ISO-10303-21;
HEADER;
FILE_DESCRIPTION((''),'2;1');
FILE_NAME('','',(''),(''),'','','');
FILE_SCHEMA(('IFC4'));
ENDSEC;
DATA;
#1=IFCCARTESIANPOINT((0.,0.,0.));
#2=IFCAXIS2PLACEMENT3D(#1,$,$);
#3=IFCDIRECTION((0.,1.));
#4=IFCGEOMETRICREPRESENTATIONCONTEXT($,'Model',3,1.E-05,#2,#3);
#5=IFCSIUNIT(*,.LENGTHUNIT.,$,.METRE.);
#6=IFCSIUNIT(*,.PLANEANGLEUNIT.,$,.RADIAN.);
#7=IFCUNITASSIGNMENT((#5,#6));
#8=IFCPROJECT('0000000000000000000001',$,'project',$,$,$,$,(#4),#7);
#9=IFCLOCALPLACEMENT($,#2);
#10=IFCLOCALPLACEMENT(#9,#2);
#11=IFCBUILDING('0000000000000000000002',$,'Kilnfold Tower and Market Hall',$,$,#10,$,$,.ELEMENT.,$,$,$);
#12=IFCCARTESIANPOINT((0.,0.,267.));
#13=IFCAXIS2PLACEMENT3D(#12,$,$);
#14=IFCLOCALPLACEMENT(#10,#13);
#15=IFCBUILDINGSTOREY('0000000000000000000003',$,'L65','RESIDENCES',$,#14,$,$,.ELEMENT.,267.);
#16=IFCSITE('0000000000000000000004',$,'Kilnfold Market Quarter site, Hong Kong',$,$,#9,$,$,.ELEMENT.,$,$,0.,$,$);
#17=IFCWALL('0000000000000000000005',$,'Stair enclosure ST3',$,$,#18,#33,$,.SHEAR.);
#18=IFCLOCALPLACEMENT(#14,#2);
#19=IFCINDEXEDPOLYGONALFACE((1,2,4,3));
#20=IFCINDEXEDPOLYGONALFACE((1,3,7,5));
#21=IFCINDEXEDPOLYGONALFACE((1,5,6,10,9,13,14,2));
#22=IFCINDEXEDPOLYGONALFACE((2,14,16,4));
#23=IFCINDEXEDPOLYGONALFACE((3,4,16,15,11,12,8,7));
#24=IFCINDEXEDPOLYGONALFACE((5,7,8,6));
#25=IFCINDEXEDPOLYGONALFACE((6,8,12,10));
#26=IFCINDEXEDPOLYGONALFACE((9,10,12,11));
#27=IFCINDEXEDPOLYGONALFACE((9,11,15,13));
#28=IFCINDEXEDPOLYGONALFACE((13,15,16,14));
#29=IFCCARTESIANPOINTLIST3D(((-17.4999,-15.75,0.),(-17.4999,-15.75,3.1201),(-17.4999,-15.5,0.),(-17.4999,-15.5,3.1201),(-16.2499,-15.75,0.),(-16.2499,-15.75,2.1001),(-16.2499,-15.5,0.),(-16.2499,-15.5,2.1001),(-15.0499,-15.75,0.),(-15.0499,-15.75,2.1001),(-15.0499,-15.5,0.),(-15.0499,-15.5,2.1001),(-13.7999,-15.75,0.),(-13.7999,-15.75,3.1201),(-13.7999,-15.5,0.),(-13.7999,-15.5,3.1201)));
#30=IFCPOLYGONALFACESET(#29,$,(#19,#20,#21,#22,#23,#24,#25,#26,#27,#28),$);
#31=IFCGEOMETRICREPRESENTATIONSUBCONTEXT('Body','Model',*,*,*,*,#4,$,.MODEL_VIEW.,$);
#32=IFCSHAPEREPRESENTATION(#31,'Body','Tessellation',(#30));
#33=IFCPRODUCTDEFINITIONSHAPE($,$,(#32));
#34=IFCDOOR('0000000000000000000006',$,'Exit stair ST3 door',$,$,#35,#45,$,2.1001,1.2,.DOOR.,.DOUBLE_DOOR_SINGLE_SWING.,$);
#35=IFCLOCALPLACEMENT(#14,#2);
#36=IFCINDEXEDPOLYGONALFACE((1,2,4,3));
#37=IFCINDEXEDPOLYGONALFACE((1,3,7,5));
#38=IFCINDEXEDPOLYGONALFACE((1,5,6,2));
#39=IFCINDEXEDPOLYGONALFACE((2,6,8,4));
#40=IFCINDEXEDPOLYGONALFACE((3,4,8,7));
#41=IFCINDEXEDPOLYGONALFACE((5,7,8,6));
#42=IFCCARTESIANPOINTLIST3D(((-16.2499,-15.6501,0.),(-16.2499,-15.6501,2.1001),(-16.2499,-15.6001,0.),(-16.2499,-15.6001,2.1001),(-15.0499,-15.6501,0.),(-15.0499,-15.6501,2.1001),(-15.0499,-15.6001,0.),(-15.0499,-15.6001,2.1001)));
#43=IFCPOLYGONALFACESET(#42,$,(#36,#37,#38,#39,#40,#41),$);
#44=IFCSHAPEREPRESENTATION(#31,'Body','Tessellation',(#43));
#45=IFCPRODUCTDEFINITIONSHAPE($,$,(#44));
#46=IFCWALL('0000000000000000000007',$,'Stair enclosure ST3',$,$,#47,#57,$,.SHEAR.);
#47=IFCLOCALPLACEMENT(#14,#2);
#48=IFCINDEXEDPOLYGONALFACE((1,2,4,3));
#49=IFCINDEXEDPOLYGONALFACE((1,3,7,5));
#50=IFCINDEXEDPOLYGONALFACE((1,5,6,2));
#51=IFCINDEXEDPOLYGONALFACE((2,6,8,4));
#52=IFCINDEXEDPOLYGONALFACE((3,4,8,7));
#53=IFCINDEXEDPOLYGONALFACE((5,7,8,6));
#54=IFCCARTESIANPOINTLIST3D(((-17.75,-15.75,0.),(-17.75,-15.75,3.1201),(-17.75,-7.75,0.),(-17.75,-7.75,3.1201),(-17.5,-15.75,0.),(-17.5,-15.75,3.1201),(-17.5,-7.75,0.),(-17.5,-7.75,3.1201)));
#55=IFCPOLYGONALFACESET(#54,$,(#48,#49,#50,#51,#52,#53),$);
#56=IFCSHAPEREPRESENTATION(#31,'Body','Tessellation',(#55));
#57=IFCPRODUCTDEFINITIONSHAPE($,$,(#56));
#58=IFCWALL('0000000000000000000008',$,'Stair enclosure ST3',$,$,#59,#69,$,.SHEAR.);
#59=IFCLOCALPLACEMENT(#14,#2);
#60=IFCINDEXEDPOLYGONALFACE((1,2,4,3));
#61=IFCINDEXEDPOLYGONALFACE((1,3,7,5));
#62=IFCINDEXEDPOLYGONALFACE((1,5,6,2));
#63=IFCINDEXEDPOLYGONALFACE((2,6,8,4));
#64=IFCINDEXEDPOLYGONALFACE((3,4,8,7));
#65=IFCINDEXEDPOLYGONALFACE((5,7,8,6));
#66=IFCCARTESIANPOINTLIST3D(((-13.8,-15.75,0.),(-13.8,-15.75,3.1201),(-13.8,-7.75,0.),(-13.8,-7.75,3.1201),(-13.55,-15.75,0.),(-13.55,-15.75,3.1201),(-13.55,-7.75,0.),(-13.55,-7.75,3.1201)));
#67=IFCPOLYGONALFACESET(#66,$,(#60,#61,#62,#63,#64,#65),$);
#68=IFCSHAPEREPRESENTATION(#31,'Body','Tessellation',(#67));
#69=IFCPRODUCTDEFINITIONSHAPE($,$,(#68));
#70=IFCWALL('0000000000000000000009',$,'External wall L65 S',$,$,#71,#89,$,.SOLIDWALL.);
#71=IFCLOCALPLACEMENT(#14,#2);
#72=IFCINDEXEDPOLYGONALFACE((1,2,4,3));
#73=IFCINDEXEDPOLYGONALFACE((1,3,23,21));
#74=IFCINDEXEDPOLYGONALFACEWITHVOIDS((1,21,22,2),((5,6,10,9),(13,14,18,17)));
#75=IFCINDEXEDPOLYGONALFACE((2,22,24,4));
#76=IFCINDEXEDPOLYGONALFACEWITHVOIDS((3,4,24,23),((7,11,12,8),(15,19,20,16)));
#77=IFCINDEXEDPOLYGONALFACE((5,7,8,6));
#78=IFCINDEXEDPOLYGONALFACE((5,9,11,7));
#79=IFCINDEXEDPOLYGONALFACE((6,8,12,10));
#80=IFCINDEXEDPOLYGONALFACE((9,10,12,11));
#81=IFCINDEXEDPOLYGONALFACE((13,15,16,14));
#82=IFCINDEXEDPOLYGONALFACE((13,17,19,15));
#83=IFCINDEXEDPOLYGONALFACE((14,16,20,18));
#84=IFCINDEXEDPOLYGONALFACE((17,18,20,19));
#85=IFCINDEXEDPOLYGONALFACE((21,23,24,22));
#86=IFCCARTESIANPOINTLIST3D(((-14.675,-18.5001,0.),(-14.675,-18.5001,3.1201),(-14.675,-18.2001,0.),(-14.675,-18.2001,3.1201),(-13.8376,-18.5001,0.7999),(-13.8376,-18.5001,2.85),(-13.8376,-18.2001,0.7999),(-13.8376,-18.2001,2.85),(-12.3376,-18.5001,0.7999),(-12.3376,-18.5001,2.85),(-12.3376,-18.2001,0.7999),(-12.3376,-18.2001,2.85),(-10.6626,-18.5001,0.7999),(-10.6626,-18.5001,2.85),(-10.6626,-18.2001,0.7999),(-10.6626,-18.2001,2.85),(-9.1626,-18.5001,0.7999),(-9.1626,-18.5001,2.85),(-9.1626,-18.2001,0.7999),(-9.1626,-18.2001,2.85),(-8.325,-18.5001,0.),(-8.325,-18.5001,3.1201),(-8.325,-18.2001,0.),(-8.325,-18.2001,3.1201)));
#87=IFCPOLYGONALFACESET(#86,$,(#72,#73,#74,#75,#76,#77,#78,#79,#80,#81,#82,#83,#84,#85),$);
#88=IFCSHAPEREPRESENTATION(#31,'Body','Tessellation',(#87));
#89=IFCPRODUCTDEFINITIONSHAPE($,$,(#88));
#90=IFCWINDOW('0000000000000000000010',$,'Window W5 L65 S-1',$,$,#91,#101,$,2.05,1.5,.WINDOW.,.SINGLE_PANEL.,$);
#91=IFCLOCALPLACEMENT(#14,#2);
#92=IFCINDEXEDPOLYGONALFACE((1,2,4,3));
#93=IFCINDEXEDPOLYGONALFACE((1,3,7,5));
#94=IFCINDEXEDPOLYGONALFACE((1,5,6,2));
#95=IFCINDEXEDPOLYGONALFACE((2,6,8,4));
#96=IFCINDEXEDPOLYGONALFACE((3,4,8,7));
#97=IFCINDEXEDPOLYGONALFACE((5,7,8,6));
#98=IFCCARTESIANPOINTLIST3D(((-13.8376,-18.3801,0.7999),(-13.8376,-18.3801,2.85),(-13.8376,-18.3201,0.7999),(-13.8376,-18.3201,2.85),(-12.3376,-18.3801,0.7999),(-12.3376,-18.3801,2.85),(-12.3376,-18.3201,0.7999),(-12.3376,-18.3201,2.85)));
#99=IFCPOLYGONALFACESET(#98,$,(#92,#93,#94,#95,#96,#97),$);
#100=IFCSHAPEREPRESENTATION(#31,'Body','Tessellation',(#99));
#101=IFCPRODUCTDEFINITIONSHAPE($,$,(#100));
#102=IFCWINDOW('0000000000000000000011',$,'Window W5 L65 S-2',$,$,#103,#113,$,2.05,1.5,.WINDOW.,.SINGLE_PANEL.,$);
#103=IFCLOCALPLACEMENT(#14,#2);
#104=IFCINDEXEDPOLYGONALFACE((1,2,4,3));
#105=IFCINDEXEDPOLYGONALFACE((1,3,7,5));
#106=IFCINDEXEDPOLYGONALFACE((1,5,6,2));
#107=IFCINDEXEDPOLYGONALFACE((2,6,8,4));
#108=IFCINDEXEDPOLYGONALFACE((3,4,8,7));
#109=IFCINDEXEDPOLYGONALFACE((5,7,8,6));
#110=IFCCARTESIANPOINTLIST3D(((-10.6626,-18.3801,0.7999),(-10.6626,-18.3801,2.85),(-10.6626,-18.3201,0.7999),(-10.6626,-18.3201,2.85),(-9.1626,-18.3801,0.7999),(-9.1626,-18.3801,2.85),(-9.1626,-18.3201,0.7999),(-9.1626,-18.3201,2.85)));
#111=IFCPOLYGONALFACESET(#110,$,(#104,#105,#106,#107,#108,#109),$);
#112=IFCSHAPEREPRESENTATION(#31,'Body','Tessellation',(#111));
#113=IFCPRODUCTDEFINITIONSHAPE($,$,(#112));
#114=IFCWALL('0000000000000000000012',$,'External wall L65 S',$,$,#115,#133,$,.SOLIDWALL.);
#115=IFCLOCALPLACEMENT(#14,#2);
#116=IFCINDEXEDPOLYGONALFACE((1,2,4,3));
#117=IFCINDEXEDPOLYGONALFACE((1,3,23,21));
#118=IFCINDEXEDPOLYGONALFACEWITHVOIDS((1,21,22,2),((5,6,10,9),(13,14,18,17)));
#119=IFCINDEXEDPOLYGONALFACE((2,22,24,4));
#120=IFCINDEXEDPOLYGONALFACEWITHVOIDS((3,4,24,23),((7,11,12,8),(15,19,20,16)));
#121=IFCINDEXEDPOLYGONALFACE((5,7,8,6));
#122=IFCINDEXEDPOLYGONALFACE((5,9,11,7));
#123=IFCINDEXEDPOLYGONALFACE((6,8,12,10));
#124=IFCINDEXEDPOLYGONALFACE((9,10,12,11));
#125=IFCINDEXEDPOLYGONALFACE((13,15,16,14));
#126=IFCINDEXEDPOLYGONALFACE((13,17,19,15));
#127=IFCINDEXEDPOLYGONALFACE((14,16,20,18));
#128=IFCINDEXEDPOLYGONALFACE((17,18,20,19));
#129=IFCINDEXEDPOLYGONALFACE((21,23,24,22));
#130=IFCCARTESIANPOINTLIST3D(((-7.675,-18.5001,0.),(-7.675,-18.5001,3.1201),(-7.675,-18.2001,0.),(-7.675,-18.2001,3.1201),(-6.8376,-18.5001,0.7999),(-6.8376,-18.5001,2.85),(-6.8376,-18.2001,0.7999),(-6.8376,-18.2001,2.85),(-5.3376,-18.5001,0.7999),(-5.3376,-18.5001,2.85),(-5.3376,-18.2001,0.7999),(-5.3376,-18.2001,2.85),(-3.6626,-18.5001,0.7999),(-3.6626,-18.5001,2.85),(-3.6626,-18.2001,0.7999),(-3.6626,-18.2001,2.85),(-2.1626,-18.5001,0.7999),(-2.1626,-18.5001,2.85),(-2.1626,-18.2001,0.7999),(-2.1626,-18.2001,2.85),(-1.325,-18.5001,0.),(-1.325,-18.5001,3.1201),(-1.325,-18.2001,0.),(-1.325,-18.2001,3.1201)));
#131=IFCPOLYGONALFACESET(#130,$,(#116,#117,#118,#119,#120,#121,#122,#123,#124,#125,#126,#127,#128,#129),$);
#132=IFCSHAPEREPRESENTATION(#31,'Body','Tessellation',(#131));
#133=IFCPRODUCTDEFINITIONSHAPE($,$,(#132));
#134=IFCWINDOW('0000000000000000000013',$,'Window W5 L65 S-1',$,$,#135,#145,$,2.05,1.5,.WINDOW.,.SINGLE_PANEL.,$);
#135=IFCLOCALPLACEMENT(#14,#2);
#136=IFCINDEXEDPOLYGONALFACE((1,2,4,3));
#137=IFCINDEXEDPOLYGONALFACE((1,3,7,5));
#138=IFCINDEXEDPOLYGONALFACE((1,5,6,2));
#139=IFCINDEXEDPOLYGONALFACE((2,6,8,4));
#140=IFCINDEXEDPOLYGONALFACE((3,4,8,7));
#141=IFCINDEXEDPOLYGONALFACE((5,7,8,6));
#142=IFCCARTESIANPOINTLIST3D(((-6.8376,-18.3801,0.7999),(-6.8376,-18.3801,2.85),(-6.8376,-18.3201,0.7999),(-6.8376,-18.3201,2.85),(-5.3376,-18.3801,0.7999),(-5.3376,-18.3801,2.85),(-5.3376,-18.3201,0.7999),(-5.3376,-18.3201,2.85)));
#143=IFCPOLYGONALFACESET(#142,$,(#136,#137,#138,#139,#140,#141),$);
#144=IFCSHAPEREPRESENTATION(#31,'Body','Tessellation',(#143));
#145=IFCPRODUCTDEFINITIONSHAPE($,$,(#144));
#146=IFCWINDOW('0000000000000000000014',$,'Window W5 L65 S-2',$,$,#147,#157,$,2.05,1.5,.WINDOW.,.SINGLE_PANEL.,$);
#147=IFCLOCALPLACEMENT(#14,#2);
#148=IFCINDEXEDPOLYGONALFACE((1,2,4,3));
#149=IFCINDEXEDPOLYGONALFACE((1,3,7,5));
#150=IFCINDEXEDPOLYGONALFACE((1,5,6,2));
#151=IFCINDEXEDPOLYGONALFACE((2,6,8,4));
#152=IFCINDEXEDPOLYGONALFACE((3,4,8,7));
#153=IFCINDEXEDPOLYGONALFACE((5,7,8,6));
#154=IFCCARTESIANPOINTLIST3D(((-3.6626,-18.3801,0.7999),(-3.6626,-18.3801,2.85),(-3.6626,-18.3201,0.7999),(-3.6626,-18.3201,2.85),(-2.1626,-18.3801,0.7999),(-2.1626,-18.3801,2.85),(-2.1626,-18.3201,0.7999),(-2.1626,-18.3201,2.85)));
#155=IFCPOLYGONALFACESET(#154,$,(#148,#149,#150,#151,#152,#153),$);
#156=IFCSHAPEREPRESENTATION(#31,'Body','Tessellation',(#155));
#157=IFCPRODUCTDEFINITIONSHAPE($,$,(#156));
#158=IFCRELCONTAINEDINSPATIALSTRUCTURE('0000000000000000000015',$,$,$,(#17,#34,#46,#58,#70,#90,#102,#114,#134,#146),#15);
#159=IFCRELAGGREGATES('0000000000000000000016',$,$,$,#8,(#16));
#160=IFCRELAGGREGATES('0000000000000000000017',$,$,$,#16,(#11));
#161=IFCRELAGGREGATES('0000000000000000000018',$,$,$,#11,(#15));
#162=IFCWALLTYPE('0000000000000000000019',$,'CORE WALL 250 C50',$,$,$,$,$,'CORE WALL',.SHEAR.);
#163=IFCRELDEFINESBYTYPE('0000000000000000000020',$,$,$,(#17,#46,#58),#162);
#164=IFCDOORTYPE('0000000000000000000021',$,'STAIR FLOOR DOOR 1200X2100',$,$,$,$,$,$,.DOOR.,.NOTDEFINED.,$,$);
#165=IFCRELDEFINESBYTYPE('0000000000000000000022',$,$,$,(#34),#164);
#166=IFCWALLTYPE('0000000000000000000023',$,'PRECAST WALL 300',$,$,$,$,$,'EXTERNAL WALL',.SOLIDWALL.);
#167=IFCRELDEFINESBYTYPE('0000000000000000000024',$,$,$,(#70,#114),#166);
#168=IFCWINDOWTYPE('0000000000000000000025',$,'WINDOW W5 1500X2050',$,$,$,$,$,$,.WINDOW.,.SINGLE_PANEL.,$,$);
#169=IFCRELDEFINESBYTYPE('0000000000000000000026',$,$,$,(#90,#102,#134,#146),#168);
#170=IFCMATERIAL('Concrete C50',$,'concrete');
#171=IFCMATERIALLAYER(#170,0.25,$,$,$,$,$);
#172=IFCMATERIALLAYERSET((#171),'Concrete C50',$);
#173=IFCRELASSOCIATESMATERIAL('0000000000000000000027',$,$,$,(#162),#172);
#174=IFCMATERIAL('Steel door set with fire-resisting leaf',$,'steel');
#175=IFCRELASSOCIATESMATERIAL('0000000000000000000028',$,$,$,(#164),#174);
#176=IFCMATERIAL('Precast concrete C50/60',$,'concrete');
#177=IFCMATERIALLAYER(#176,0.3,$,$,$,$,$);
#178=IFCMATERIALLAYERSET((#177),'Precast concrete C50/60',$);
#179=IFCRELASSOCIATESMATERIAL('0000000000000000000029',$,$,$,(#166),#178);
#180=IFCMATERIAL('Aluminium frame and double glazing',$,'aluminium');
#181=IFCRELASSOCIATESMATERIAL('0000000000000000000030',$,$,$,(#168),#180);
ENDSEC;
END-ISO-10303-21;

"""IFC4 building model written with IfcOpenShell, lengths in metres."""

from ifc_helpers import new_model, si_unit, direction, frame, frame_2d, origin, place, context, subcontext, project, spatial, rectangle, extrude, source, transform, mapped, material, layer, layer_set, type_object, element, fill, save


model = new_model("IFC4")

# Units and contexts
model_context = context("Model", 3, precision=1e-05, world=origin(), true_north=direction((0.0, 1.0)))
body_context = subcontext(model_context, "Body", "Model", "MODEL_VIEW")
ifc_project = project(units=[si_unit("LENGTHUNIT", "METRE"), si_unit("PLANEANGLEUNIT", "RADIAN")], contexts=[model_context])

# Site, building, storey
site_placement = place(None, origin())
site = spatial("IfcSite", under=ifc_project, at=site_placement, Name="Kilnfold Market Quarter site, Hong Kong", CompositionType="ELEMENT", RefElevation=0.0)
building_placement = place(site_placement, origin())
building = spatial("IfcBuilding", under=site, at=building_placement, Name="Kilnfold Tower and Market Hall", CompositionType="ELEMENT")
storey_placement = place(building_placement, frame((0.0, 0.0, 267.0)))
storey = spatial("IfcBuildingStorey", under=building, at=storey_placement, Name="L65", Description="RESIDENCES", CompositionType="ELEMENT", Elevation=267.0)

# Wall, opening, door
ifc_material_1 = material(Name="Concrete C50", Category="concrete")
ifc_layer_1 = layer(ifc_material_1, 0.25)
ifc_layer_set_1 = layer_set([ifc_layer_1], Name="Concrete C50")
wall_type_1 = type_object("IfcWallType", Name="CORE WALL 250 C50", ElementType="CORE WALL", PredefinedType="SHEAR", material=ifc_layer_set_1)
shared_shape_1 = source(origin(), body_context, "Body", "SweptSolid", [
    extrude(rectangle(XDim=3.7, YDim=0.25, at=frame_2d((1.8501, 0.0))), origin(), (0.0, 0.0, 1.0), 3.1201),
])
wall_1_placement = place(storey_placement, frame((-17.5, -15.625, 0.0), z_axis=(0.0, 0.0, 1.0), x_axis=(1.0, 0.0, 0.0)))
wall_1 = element("IfcWall", 1, at=wall_1_placement, inside=storey, type_object=wall_type_1, Name="Stair enclosure ST3", PredefinedType="SHEAR", context=body_context, shape_type="MappedRepresentation", body=[
    mapped(shared_shape_1, transform((0.0, 0.0, 0.0))),
])
opening_1_placement = place(wall_1_placement, frame((1.25, 0.0, 0.0)))
opening_1 = element("IfcOpeningElement", 2, at=opening_1_placement, cuts=wall_1, PredefinedType="OPENING", context=body_context, shape_type="SweptSolid", body=[
    extrude(rectangle(XDim=1.2, YDim=2.1001, at=frame_2d((0.6001, 1.05))), frame((0.0, 0.135, 0.0), z_axis=(0.0, -1.0, 0.0), x_axis=(1.0, 0.0, 0.0)), (0.0, 0.0, 1.0), 0.27),
])
ifc_material_2 = material(Name="Steel door set with fire-resisting leaf", Category="steel")
door_type_1 = type_object("IfcDoorType", Name="STAIR FLOOR DOOR 1200X2100", OperationType="NOTDEFINED", PredefinedType="DOOR", material=ifc_material_2)
door_1_placement = place(opening_1_placement, origin())
door_1 = element("IfcDoor", 3, at=door_1_placement, inside=storey, type_object=door_type_1, Name="Exit stair ST3 door", OperationType="DOUBLE_DOOR_SINGLE_SWING", OverallHeight=2.1001, OverallWidth=1.2, PredefinedType="DOOR", context=body_context, shape_type="SweptSolid", body=[
    extrude(rectangle(XDim=1.2, YDim=2.1001, at=frame_2d((0.6001, 1.05))), frame((0.0, 0.0249, 0.0), z_axis=(0.0, -1.0, 0.0), x_axis=(1.0, 0.0, 0.0)), (0.0, 0.0, 1.0), 0.05),
])
fill(opening_1, door_1)

# Walls
shared_shape_2 = source(origin(), body_context, "Body", "SweptSolid", [
    extrude(rectangle(XDim=8.0, YDim=0.25, at=frame_2d((4.0, 0.0))), origin(), (0.0, 0.0, 1.0), 3.1201),
])
for number, where, z_axis, x_axis, name in (
    (4, (-17.625, -15.75, 0.0), (0.0, 0.0, 1.0), (0.0, 1.0, 0.0), "Stair enclosure ST3"),
    (5, (-13.675, -15.75, 0.0), (0.0, 0.0, 1.0), (0.0, 1.0, 0.0), "Stair enclosure ST3"),
):
    element("IfcWall", number, at=place(storey_placement, frame(where, z_axis=z_axis, x_axis=x_axis)), inside=storey, type_object=wall_type_1, Name=name, PredefinedType="SHEAR", context=body_context, shape_type="MappedRepresentation", body=[
        mapped(shared_shape_2, transform((0.0, 0.0, 0.0))),
    ])

# Walls, openings, windows
ifc_material_3 = material(Name="Precast concrete C50/60", Category="concrete")
ifc_layer_2 = layer(ifc_material_3, 0.3)
ifc_layer_set_2 = layer_set([ifc_layer_2], Name="Precast concrete C50/60")
wall_type_2 = type_object("IfcWallType", Name="PRECAST WALL 300", ElementType="EXTERNAL WALL", PredefinedType="SOLIDWALL", material=ifc_layer_set_2)
shared_shape_3 = source(origin(), body_context, "Body", "SweptSolid", [
    extrude(rectangle(XDim=6.3501, YDim=0.3, at=frame_2d((3.175, 0.0))), origin(), (0.0, 0.0, 1.0), 3.1201),
])
wall_2_placement = place(storey_placement, frame((-14.675, -18.3501, 0.0), z_axis=(0.0, 0.0, 1.0), x_axis=(1.0, 0.0, 0.0)))
wall_2 = element("IfcWall", 6, at=wall_2_placement, inside=storey, type_object=wall_type_2, Name="External wall L65 S", PredefinedType="SOLIDWALL", context=body_context, shape_type="MappedRepresentation", body=[
    mapped(shared_shape_3, transform((0.0, 0.0, 0.0))),
])
opening_2_placement = place(wall_2_placement, frame((0.8374, 0.0, 0.8)))
opening_2 = element("IfcOpeningElement", 7, at=opening_2_placement, cuts=wall_2, PredefinedType="OPENING", context=body_context, shape_type="SweptSolid", body=[
    extrude(rectangle(XDim=1.5, YDim=2.05, at=frame_2d((0.75, 1.0249))), frame((0.0, 0.1602, 0.0), z_axis=(0.0, -1.0, 0.0), x_axis=(1.0, 0.0, 0.0)), (0.0, 0.0, 1.0), 0.3201),
])
opening_3_placement = place(wall_2_placement, frame((4.0125, 0.0, 0.8)))
opening_3 = element("IfcOpeningElement", 8, at=opening_3_placement, cuts=wall_2, PredefinedType="OPENING", context=body_context, shape_type="SweptSolid", body=[
    extrude(rectangle(XDim=1.5, YDim=2.05, at=frame_2d((0.75, 1.0249))), frame((0.0, 0.1602, 0.0), z_axis=(0.0, -1.0, 0.0), x_axis=(1.0, 0.0, 0.0)), (0.0, 0.0, 1.0), 0.3201),
])
ifc_material_4 = material(Name="Aluminium frame and double glazing", Category="aluminium")
window_type = type_object("IfcWindowType", Name="WINDOW W5 1500X2050", PartitioningType="SINGLE_PANEL", PredefinedType="WINDOW", material=ifc_material_4)
window_1_placement = place(opening_2_placement, origin())
window_1 = element("IfcWindow", 9, at=window_1_placement, inside=storey, type_object=window_type, Name="Window W5 L65 S-1", OverallHeight=2.05, OverallWidth=1.5, PartitioningType="SINGLE_PANEL", PredefinedType="WINDOW", context=body_context, shape_type="SweptSolid", body=[
    extrude(rectangle(XDim=1.5, YDim=2.05, at=frame_2d((0.75, 1.0249))), frame((0.0, 0.03, 0.0), z_axis=(0.0, -1.0, 0.0), x_axis=(1.0, 0.0, 0.0)), (0.0, 0.0, 1.0), 0.0601),
])
fill(opening_2, window_1)
window_2_placement = place(opening_3_placement, origin())
window_2 = element("IfcWindow", 10, at=window_2_placement, inside=storey, type_object=window_type, Name="Window W5 L65 S-2", OverallHeight=2.05, OverallWidth=1.5, PartitioningType="SINGLE_PANEL", PredefinedType="WINDOW", context=body_context, shape_type="SweptSolid", body=[
    extrude(rectangle(XDim=1.5, YDim=2.05, at=frame_2d((0.75, 1.0249))), frame((0.0, 0.03, 0.0), z_axis=(0.0, -1.0, 0.0), x_axis=(1.0, 0.0, 0.0)), (0.0, 0.0, 1.0), 0.0601),
])
fill(opening_3, window_2)
wall_3_placement = place(storey_placement, frame((-7.675, -18.3501, 0.0), z_axis=(0.0, 0.0, 1.0), x_axis=(1.0, 0.0, 0.0)))
wall_3 = element("IfcWall", 11, at=wall_3_placement, inside=storey, type_object=wall_type_2, Name="External wall L65 S", PredefinedType="SOLIDWALL", context=body_context, shape_type="MappedRepresentation", body=[
    mapped(shared_shape_3, transform((0.0, 0.0, 0.0))),
])
opening_4_placement = place(wall_3_placement, frame((0.8374, 0.0, 0.8)))
opening_4 = element("IfcOpeningElement", 12, at=opening_4_placement, cuts=wall_3, PredefinedType="OPENING", context=body_context, shape_type="SweptSolid", body=[
    extrude(rectangle(XDim=1.5, YDim=2.05, at=frame_2d((0.75, 1.0249))), frame((0.0, 0.1602, 0.0), z_axis=(0.0, -1.0, 0.0), x_axis=(1.0, 0.0, 0.0)), (0.0, 0.0, 1.0), 0.3201),
])
opening_5_placement = place(wall_3_placement, frame((4.0125, 0.0, 0.8)))
opening_5 = element("IfcOpeningElement", 13, at=opening_5_placement, cuts=wall_3, PredefinedType="OPENING", context=body_context, shape_type="SweptSolid", body=[
    extrude(rectangle(XDim=1.5, YDim=2.05, at=frame_2d((0.75, 1.0249))), frame((0.0, 0.1602, 0.0), z_axis=(0.0, -1.0, 0.0), x_axis=(1.0, 0.0, 0.0)), (0.0, 0.0, 1.0), 0.3201),
])
window_3_placement = place(opening_4_placement, origin())
window_3 = element("IfcWindow", 14, at=window_3_placement, inside=storey, type_object=window_type, Name="Window W5 L65 S-1", OverallHeight=2.05, OverallWidth=1.5, PartitioningType="SINGLE_PANEL", PredefinedType="WINDOW", context=body_context, shape_type="SweptSolid", body=[
    extrude(rectangle(XDim=1.5, YDim=2.05, at=frame_2d((0.75, 1.0249))), frame((0.0, 0.03, 0.0), z_axis=(0.0, -1.0, 0.0), x_axis=(1.0, 0.0, 0.0)), (0.0, 0.0, 1.0), 0.0601),
])
fill(opening_4, window_3)
window_4_placement = place(opening_5_placement, origin())
window_4 = element("IfcWindow", 15, at=window_4_placement, inside=storey, type_object=window_type, Name="Window W5 L65 S-2", OverallHeight=2.05, OverallWidth=1.5, PartitioningType="SINGLE_PANEL", PredefinedType="WINDOW", context=body_context, shape_type="SweptSolid", body=[
    extrude(rectangle(XDim=1.5, YDim=2.05, at=frame_2d((0.75, 1.0249))), frame((0.0, 0.03, 0.0), z_axis=(0.0, -1.0, 0.0), x_axis=(1.0, 0.0, 0.0)), (0.0, 0.0, 1.0), 0.0601),
])
fill(opening_5, window_4)

save(model, "model.ifc")
